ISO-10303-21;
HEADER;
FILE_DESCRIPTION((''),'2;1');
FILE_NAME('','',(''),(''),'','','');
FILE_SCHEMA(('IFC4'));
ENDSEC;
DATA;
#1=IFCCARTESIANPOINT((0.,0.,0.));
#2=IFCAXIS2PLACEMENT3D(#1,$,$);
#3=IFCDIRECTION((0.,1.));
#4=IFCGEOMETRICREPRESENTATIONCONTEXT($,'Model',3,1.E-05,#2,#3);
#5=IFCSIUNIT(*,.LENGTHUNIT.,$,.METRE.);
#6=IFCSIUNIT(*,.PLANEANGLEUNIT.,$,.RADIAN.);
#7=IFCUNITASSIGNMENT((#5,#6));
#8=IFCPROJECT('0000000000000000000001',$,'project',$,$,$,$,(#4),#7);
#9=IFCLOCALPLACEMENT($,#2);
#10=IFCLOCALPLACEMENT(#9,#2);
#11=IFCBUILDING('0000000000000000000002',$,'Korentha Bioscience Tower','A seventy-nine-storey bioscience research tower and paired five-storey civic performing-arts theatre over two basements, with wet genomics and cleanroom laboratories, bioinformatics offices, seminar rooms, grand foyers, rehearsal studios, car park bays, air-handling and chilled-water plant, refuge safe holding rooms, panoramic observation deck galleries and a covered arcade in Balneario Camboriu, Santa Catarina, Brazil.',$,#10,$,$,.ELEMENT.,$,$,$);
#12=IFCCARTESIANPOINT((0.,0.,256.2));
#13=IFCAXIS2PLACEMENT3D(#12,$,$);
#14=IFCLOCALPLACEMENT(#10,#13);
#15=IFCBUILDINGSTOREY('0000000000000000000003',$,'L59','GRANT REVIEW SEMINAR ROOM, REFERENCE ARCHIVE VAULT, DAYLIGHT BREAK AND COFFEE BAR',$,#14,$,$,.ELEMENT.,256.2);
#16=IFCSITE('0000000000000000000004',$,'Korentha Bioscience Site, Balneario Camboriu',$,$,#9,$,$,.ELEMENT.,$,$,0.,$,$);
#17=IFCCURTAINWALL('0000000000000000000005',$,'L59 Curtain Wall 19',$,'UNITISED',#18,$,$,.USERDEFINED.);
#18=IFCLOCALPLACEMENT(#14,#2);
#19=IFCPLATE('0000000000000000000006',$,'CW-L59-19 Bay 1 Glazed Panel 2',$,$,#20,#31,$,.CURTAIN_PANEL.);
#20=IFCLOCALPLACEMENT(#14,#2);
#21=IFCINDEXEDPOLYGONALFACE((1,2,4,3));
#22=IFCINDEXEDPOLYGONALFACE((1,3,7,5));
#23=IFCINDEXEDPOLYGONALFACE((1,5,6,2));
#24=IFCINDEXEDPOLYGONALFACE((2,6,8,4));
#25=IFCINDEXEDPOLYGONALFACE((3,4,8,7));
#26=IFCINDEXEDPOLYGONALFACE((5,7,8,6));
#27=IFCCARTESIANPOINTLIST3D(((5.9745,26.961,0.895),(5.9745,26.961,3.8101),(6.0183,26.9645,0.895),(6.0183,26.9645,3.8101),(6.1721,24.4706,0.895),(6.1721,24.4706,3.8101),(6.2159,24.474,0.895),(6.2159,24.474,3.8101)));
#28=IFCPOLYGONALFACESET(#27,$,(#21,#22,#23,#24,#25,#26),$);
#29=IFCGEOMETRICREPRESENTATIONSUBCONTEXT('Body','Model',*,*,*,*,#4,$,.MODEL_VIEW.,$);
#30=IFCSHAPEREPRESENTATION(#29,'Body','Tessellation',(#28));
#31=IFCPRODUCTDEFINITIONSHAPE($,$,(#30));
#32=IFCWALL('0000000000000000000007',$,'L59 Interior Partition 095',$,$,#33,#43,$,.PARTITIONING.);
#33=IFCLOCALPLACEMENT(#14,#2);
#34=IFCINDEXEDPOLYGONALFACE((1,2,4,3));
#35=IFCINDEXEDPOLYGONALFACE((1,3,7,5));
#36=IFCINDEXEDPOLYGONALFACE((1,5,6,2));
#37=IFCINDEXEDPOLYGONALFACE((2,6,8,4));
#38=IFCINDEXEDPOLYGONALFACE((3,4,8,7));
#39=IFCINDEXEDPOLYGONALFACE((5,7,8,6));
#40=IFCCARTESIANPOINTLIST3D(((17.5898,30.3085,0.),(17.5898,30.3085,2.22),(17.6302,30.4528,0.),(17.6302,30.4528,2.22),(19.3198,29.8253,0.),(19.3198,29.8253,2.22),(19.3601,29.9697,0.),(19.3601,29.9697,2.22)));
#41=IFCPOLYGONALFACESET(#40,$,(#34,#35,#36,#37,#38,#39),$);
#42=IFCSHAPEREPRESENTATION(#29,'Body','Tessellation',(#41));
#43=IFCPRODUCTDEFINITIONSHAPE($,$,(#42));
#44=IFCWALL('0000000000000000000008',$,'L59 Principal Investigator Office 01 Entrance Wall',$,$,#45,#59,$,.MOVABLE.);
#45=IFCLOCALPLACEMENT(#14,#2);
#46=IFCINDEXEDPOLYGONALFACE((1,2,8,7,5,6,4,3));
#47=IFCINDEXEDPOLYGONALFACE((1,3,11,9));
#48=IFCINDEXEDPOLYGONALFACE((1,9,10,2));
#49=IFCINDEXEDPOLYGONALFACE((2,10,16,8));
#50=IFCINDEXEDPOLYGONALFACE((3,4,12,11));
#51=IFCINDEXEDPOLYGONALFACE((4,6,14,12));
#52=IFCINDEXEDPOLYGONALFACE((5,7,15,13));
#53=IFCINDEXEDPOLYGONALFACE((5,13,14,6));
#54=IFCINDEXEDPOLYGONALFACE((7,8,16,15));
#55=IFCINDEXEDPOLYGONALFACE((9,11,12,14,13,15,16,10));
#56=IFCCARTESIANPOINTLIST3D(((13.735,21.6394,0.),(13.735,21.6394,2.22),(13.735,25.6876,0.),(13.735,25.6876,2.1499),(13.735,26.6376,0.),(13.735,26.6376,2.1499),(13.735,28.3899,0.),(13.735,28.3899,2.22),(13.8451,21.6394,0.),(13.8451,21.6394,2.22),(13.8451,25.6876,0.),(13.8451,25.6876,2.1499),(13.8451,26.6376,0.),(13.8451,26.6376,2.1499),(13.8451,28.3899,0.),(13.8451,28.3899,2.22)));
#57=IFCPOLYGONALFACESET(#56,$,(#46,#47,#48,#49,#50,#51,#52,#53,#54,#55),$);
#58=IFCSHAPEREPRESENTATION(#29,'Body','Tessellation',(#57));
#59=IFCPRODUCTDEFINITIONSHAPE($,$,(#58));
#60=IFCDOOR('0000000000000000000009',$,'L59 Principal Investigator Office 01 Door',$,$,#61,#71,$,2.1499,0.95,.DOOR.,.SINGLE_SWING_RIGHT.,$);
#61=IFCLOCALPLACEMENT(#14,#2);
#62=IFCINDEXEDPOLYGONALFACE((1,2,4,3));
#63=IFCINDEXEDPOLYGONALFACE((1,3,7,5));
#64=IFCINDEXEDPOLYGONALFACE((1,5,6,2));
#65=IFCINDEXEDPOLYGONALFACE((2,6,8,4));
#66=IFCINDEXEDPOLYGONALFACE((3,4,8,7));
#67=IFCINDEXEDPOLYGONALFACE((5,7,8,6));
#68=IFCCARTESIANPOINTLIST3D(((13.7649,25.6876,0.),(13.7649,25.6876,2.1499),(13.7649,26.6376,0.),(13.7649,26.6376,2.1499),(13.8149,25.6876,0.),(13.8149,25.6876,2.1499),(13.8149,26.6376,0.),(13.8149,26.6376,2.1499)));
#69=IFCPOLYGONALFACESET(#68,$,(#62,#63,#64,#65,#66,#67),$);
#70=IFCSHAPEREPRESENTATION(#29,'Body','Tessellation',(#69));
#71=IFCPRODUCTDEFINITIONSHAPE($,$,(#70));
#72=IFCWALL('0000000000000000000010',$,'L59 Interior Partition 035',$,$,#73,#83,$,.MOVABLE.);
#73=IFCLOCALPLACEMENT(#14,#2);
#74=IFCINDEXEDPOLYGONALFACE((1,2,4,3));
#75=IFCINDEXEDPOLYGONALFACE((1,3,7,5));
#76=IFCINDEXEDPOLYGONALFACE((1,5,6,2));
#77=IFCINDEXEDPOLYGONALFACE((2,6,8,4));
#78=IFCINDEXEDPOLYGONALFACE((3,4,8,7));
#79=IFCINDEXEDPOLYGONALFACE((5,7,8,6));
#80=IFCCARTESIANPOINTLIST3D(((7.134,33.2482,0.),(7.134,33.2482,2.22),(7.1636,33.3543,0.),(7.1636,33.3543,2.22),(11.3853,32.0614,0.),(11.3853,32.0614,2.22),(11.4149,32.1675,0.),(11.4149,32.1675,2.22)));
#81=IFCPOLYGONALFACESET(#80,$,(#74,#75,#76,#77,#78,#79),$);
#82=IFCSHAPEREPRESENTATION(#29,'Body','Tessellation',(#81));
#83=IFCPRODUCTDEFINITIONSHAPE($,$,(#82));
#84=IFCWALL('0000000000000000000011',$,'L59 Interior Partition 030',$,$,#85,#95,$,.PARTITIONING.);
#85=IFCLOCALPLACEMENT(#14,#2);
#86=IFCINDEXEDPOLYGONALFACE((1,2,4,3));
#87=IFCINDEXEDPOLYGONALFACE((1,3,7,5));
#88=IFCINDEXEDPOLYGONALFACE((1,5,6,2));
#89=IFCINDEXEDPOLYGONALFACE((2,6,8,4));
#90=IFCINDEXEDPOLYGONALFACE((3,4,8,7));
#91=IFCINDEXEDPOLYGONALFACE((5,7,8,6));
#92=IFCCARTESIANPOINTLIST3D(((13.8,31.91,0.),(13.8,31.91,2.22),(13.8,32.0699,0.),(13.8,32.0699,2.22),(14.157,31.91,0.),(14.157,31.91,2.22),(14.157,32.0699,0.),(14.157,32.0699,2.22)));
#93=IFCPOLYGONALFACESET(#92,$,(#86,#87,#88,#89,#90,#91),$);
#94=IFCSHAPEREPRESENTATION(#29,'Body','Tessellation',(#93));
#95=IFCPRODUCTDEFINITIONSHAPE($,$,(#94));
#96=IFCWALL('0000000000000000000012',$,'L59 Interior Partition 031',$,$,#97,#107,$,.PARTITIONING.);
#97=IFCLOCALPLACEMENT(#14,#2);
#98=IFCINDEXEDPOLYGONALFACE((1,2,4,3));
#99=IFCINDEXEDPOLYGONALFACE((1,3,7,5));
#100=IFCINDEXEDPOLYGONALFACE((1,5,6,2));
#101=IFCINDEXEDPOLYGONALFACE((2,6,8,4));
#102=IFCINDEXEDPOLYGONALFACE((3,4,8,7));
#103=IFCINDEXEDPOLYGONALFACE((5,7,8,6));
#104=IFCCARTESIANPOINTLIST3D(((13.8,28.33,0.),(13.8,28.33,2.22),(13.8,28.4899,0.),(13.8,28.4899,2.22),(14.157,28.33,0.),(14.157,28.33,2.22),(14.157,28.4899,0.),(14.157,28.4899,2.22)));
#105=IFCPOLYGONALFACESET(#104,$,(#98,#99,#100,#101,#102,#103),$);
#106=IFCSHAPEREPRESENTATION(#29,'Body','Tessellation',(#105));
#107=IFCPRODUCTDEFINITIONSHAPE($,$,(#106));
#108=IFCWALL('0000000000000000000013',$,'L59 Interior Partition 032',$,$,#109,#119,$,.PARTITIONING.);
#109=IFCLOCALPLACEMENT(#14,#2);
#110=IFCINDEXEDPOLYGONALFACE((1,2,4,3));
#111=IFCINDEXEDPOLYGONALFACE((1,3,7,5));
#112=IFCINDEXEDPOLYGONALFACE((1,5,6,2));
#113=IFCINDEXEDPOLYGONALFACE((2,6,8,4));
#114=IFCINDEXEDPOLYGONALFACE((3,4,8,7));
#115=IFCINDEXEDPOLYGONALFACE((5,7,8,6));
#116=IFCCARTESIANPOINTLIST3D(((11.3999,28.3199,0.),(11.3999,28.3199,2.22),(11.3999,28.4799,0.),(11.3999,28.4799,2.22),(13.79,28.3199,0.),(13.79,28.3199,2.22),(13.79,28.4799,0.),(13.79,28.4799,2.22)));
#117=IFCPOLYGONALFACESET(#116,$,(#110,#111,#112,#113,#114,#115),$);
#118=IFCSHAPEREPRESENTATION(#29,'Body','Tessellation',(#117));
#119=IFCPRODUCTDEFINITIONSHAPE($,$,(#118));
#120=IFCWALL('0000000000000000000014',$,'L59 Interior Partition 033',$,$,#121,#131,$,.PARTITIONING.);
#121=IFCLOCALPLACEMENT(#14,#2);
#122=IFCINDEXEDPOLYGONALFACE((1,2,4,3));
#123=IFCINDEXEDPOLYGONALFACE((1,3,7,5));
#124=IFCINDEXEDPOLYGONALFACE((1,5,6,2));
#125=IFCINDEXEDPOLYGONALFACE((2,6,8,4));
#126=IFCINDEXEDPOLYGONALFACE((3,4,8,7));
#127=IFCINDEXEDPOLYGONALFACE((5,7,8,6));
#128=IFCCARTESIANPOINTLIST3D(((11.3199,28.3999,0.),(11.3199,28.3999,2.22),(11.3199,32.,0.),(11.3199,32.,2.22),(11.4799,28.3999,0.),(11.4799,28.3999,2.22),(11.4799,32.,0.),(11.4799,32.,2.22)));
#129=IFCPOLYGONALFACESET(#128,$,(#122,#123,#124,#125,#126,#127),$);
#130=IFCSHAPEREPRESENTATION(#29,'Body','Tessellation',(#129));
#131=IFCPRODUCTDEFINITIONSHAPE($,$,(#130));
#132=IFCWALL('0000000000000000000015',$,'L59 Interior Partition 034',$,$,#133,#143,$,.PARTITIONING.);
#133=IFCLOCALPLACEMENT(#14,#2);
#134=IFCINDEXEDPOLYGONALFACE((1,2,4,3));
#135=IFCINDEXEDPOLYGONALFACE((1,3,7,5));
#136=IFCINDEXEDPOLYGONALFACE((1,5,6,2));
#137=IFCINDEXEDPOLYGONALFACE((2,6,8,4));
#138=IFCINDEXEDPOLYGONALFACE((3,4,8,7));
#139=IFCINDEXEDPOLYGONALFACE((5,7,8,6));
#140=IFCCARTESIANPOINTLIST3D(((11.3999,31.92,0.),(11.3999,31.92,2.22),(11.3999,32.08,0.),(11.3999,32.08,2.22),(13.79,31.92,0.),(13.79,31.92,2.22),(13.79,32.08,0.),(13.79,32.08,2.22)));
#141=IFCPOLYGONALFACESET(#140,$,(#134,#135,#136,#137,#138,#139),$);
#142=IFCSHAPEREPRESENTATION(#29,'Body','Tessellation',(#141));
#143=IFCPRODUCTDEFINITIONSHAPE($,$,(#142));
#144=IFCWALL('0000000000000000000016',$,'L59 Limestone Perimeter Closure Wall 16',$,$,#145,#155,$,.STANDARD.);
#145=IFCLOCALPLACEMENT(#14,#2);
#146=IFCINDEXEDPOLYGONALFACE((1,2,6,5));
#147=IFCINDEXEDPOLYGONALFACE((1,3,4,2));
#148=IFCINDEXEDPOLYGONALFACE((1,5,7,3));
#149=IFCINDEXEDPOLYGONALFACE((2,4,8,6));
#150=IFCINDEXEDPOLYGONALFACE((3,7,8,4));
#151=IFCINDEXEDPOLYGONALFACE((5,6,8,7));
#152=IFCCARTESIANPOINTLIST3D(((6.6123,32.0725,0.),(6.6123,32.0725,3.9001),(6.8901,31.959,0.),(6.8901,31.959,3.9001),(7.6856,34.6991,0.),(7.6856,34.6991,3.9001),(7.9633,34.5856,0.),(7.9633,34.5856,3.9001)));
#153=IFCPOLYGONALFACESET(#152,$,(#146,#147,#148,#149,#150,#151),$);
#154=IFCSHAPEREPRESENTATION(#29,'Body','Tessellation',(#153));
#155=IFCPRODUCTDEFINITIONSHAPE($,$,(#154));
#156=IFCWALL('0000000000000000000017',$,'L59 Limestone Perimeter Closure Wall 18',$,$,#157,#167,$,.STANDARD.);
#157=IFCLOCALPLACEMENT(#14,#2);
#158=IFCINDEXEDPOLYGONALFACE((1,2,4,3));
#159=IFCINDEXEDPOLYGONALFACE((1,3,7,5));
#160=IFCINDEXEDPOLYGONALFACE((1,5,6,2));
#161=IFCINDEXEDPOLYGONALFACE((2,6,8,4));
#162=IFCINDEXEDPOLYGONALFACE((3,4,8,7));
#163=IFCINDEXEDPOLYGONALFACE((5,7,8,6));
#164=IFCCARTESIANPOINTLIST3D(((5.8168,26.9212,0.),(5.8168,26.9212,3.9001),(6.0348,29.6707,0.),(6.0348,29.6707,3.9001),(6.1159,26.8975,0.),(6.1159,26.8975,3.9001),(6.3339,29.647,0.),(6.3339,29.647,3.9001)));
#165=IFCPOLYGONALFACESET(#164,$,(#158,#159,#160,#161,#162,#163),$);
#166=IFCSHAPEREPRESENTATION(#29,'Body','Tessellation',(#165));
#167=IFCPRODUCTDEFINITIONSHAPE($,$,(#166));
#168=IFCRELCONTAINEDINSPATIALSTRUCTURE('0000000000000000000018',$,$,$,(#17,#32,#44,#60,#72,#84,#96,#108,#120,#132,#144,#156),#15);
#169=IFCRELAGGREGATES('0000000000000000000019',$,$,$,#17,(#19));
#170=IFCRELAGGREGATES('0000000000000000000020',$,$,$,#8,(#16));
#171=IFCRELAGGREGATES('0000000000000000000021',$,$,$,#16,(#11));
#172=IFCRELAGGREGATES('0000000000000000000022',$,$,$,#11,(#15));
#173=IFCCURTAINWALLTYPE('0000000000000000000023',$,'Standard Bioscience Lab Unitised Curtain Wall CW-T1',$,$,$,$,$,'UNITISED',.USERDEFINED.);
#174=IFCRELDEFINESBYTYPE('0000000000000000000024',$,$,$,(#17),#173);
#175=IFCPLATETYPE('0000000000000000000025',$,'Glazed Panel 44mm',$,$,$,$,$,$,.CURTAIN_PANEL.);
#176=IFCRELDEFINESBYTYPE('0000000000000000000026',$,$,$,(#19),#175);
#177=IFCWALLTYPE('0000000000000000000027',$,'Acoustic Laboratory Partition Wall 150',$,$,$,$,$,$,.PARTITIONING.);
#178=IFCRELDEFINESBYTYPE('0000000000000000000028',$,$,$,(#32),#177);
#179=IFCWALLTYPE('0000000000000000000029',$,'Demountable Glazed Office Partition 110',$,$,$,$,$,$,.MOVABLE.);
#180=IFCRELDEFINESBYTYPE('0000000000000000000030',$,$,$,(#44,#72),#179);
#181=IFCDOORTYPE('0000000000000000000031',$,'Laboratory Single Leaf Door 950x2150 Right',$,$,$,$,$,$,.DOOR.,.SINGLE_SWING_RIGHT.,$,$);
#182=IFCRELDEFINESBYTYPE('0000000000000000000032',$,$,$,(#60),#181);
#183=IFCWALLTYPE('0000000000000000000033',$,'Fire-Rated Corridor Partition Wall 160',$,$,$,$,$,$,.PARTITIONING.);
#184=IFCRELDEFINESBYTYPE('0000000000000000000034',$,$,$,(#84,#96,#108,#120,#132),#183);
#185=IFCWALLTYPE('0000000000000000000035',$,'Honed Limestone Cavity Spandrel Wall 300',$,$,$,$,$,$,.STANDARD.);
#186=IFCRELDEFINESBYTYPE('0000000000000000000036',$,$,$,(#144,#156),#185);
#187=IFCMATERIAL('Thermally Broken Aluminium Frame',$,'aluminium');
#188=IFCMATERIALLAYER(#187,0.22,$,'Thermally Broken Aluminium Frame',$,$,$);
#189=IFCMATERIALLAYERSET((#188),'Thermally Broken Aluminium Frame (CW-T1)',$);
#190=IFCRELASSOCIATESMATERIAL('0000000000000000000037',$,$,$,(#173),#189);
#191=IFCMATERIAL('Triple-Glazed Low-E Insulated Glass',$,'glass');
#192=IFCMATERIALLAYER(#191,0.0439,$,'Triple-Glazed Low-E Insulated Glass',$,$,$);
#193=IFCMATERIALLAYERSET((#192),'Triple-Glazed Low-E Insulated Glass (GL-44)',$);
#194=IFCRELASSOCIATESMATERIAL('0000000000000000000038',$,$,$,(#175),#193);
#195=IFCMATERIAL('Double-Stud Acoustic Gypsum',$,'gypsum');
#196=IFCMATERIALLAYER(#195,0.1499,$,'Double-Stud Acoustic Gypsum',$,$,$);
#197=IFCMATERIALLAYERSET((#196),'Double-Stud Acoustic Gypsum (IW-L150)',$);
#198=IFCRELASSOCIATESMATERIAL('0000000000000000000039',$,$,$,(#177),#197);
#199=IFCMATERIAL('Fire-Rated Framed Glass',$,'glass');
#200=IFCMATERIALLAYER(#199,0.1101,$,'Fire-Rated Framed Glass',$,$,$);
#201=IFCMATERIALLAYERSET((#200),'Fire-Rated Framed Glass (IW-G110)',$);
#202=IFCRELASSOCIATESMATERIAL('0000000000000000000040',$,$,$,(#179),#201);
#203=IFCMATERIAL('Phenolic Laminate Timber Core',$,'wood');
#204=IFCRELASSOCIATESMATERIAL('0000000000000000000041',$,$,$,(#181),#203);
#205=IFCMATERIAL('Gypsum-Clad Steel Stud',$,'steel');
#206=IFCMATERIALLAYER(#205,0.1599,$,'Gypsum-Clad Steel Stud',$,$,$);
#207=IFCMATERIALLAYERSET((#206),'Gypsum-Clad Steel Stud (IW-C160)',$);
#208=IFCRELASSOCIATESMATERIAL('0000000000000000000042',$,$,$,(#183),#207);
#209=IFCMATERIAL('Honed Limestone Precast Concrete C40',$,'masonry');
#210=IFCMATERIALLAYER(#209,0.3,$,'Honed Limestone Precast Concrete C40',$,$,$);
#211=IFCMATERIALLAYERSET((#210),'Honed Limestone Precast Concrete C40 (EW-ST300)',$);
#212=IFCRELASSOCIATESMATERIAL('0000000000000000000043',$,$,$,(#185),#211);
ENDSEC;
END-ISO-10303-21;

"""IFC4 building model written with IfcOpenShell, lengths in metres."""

from ifc_helpers import new_model, si_unit, direction, frame, frame_2d, origin, origin_2d, place, context, subcontext, project, spatial, rectangle, extrude, material, layer, layer_set, type_object, element, fill, aggregate, save


model = new_model("IFC4")

# Units and contexts
model_context = context("Model", 3, precision=1e-05, world=origin(), true_north=direction((0.0, 1.0)))
body_context = subcontext(model_context, "Body", "Model", "MODEL_VIEW")
ifc_project = project(units=[si_unit("LENGTHUNIT", "METRE"), si_unit("PLANEANGLEUNIT", "RADIAN")], contexts=[model_context])

# Site, building, storey
site_placement = place(None, origin())
site = spatial("IfcSite", under=ifc_project, at=site_placement, Name="Korentha Bioscience Site, Balneario Camboriu", CompositionType="ELEMENT", RefElevation=0.0)
building_placement = place(site_placement, origin())
building = spatial("IfcBuilding", under=site, at=building_placement, Name="Korentha Bioscience Tower", Description="A seventy-nine-storey bioscience research tower and paired five-storey civic performing-arts theatre over two basements, with wet genomics and cleanroom laboratories, bioinformatics offices, seminar rooms, grand foyers, rehearsal studios, car park bays, air-handling and chilled-water plant, refuge safe holding rooms, panoramic observation deck galleries and a covered arcade in Balneario Camboriu, Santa Catarina, Brazil.", CompositionType="ELEMENT")
storey_placement = place(building_placement, frame((0.0, 0.0, 256.2)))
storey = spatial("IfcBuildingStorey", under=building, at=storey_placement, Name="L59", Description="GRANT REVIEW SEMINAR ROOM, REFERENCE ARCHIVE VAULT, DAYLIGHT BREAK AND COFFEE BAR", CompositionType="ELEMENT", Elevation=256.2)

# Curtain wall, plate
ifc_material_1 = material(Name="Thermally Broken Aluminium Frame", Category="aluminium")
ifc_layer_1 = layer(ifc_material_1, 0.22, Name="Thermally Broken Aluminium Frame")
ifc_layer_set_1 = layer_set([ifc_layer_1], Name="Thermally Broken Aluminium Frame (CW-T1)")
curtain_wall_type = type_object("IfcCurtainWallType", Name="Standard Bioscience Lab Unitised Curtain Wall CW-T1", ElementType="UNITISED", PredefinedType="USERDEFINED", material=ifc_layer_set_1)
curtain_wall_placement = place(storey_placement, origin())
curtain_wall = element("IfcCurtainWall", 1, at=curtain_wall_placement, inside=storey, type_object=curtain_wall_type, Name="L59 Curtain Wall 19", ObjectType="UNITISED", PredefinedType="USERDEFINED")
ifc_material_2 = material(Name="Triple-Glazed Low-E Insulated Glass", Category="glass")
ifc_layer_2 = layer(ifc_material_2, 0.0439, Name="Triple-Glazed Low-E Insulated Glass")
ifc_layer_set_2 = layer_set([ifc_layer_2], Name="Triple-Glazed Low-E Insulated Glass (GL-44)")
plate_type = type_object("IfcPlateType", Name="Glazed Panel 44mm", PredefinedType="CURTAIN_PANEL", material=ifc_layer_set_2)
plate_1_placement = place(storey_placement, frame((6.0952, 25.7175, 0.895), z_axis=(0.0, 0.0, 1.0), x_axis=(0.079117, -0.996865, 0.0)))
plate_1 = element("IfcPlate", 2, at=plate_1_placement, type_object=plate_type, Name="CW-L59-19 Bay 1 Glazed Panel 2", PredefinedType="CURTAIN_PANEL", context=body_context, shape_type="SweptSolid", body=[
    extrude(rectangle(XDim=2.4983, YDim=0.0439, at=origin_2d()), origin(), (0.0, 0.0, 1.0), 2.915),
])
aggregate(curtain_wall, [plate_1])

# Wall
ifc_material_3 = material(Name="Double-Stud Acoustic Gypsum", Category="gypsum")
ifc_layer_3 = layer(ifc_material_3, 0.1499, Name="Double-Stud Acoustic Gypsum")
ifc_layer_set_3 = layer_set([ifc_layer_3], Name="Double-Stud Acoustic Gypsum (IW-L150)")
wall_type_1 = type_object("IfcWallType", Name="Acoustic Laboratory Partition Wall 150", PredefinedType="PARTITIONING", material=ifc_layer_set_3)
wall_1_placement = place(storey_placement, frame((17.6101, 30.3806, 0.0), z_axis=(0.0, 0.0, 1.0), x_axis=(0.963143, -0.26899, 0.0)))
element("IfcWall", 3, at=wall_1_placement, inside=storey, type_object=wall_type_1, Name="L59 Interior Partition 095", PredefinedType="PARTITIONING", context=body_context, shape_type="SweptSolid", body=[
    extrude(rectangle(XDim=1.7961, YDim=0.1499, at=frame_2d((0.8979, 0.0))), origin(), (0.0, 0.0, 1.0), 2.22),
])

# Wall, opening, door
ifc_material_4 = material(Name="Fire-Rated Framed Glass", Category="glass")
ifc_layer_4 = layer(ifc_material_4, 0.1101, Name="Fire-Rated Framed Glass")
ifc_layer_set_4 = layer_set([ifc_layer_4], Name="Fire-Rated Framed Glass (IW-G110)")
wall_type_2 = type_object("IfcWallType", Name="Demountable Glazed Office Partition 110", PredefinedType="MOVABLE", material=ifc_layer_set_4)
wall_2_placement = place(storey_placement, frame((13.79, 28.3899, 0.0), z_axis=(0.0, 0.0, 1.0), x_axis=(0.0, -1.0, 0.0)))
wall_2 = element("IfcWall", 4, at=wall_2_placement, inside=storey, type_object=wall_type_2, Name="L59 Principal Investigator Office 01 Entrance Wall", PredefinedType="MOVABLE", context=body_context, shape_type="SweptSolid", body=[
    extrude(rectangle(XDim=6.7505, YDim=0.1101, at=frame_2d((3.3752, 0.0))), origin(), (0.0, 0.0, 1.0), 2.22),
])
opening_1_placement = place(wall_2_placement, frame((1.7522, 0.0, 0.0)))
opening_1 = element("IfcOpeningElement", 5, at=opening_1_placement, cuts=wall_2, PredefinedType="OPENING", context=body_context, shape_type="SweptSolid", body=[
    extrude(rectangle(XDim=0.95, YDim=2.1499, at=frame_2d((0.4751, 1.075))), frame((0.0, 0.0698, 0.0), z_axis=(0.0, -1.0, 0.0), x_axis=(1.0, 0.0, 0.0)), (0.0, 0.0, 1.0), 0.1399),
])
ifc_material_5 = material(Name="Phenolic Laminate Timber Core", Category="wood")
door_type_1 = type_object("IfcDoorType", Name="Laboratory Single Leaf Door 950x2150 Right", OperationType="SINGLE_SWING_RIGHT", PredefinedType="DOOR", material=ifc_material_5)
door_1_placement = place(opening_1_placement, origin())
door_1 = element("IfcDoor", 6, at=door_1_placement, inside=storey, type_object=door_type_1, Name="L59 Principal Investigator Office 01 Door", OperationType="SINGLE_SWING_RIGHT", OverallHeight=2.1499, OverallWidth=0.95, PredefinedType="DOOR", context=body_context, shape_type="SweptSolid", body=[
    extrude(rectangle(XDim=0.95, YDim=2.1499, at=frame_2d((0.4751, 1.075))), frame((0.0, 0.0249, 0.0), z_axis=(0.0, -1.0, 0.0), x_axis=(1.0, 0.0, 0.0)), (0.0, 0.0, 1.0), 0.05),
])
fill(opening_1, door_1)

# Wall
wall_3_placement = place(storey_placement, frame((7.1487, 33.3013, 0.0), z_axis=(0.0, 0.0, 1.0), x_axis=(0.963174, -0.268879, 0.0)))
element("IfcWall", 7, at=wall_3_placement, inside=storey, type_object=wall_type_2, Name="L59 Interior Partition 035", PredefinedType="MOVABLE", context=body_context, shape_type="SweptSolid", body=[
    extrude(rectangle(XDim=4.4138, YDim=0.1101, at=frame_2d((2.207, 0.0))), origin(), (0.0, 0.0, 1.0), 2.22),
])

# Shared definitions
ifc_material_6 = material(Name="Gypsum-Clad Steel Stud", Category="steel")
ifc_layer_5 = layer(ifc_material_6, 0.1599, Name="Gypsum-Clad Steel Stud")
ifc_layer_set_5 = layer_set([ifc_layer_5], Name="Gypsum-Clad Steel Stud (IW-C160)")
wall_type_3 = type_object("IfcWallType", Name="Fire-Rated Corridor Partition Wall 160", PredefinedType="PARTITIONING", material=ifc_layer_set_5)

# Walls
for number, where, z_axis, x_axis, name in (
    (8, (13.8, 31.99, 0.0), (0.0, 0.0, 1.0), (1.0, 0.0, 0.0), "L59 Interior Partition 030"),
    (9, (14.157, 28.4099, 0.0), (0.0, 0.0, 1.0), (-1.0, 0.0, 0.0), "L59 Interior Partition 031"),
):
    element("IfcWall", number, at=place(storey_placement, frame(where, z_axis=z_axis, x_axis=x_axis)), inside=storey, type_object=wall_type_3, Name=name, PredefinedType="PARTITIONING", context=body_context, shape_type="SweptSolid", body=[
        extrude(rectangle(XDim=0.3569, YDim=0.1599, at=frame_2d((0.1785, 0.0))), origin(), (0.0, 0.0, 1.0), 2.22),
    ])
wall_4_placement = place(storey_placement, frame((13.79, 28.3999, 0.0), z_axis=(0.0, 0.0, 1.0), x_axis=(-1.0, 0.0, 0.0)))
element("IfcWall", 10, at=wall_4_placement, inside=storey, type_object=wall_type_3, Name="L59 Interior Partition 032", PredefinedType="PARTITIONING", context=body_context, shape_type="SweptSolid", body=[
    extrude(rectangle(XDim=2.3901, YDim=0.1599, at=frame_2d((1.1951, 0.0))), origin(), (0.0, 0.0, 1.0), 2.22),
])
wall_5_placement = place(storey_placement, frame((11.3999, 28.3999, 0.0), z_axis=(0.0, 0.0, 1.0), x_axis=(0.0, 1.0, 0.0)))
element("IfcWall", 11, at=wall_5_placement, inside=storey, type_object=wall_type_3, Name="L59 Interior Partition 033", PredefinedType="PARTITIONING", context=body_context, shape_type="SweptSolid", body=[
    extrude(rectangle(XDim=3.6001, YDim=0.1599, at=frame_2d((1.8, 0.0))), origin(), (0.0, 0.0, 1.0), 2.22),
])
wall_6_placement = place(storey_placement, frame((11.3999, 32.0, 0.0), z_axis=(0.0, 0.0, 1.0), x_axis=(1.0, 0.0, 0.0)))
element("IfcWall", 12, at=wall_6_placement, inside=storey, type_object=wall_type_3, Name="L59 Interior Partition 034", PredefinedType="PARTITIONING", context=body_context, shape_type="SweptSolid", body=[
    extrude(rectangle(XDim=2.3901, YDim=0.1599, at=frame_2d((1.1951, 0.0))), origin(), (0.0, 0.0, 1.0), 2.22),
])

# Shared definitions
ifc_material_7 = material(Name="Honed Limestone Precast Concrete C40", Category="masonry")
ifc_layer_6 = layer(ifc_material_7, 0.3, Name="Honed Limestone Precast Concrete C40")
ifc_layer_set_6 = layer_set([ifc_layer_6], Name="Honed Limestone Precast Concrete C40 (EW-ST300)")
wall_type_4 = type_object("IfcWallType", Name="Honed Limestone Cavity Spandrel Wall 300", PredefinedType="STANDARD", material=ifc_layer_set_6)

# Walls
wall_7_placement = place(storey_placement, frame((7.8245, 34.6423, 0.0), z_axis=(0.0, 0.0, 1.0), x_axis=(-0.378264, -0.925698, 0.0)))
element("IfcWall", 13, at=wall_7_placement, inside=storey, type_object=wall_type_4, Name="L59 Limestone Perimeter Closure Wall 16", PredefinedType="STANDARD", context=body_context, shape_type="SweptSolid", body=[
    extrude(rectangle(XDim=2.8374, YDim=0.3, at=frame_2d((1.4187, 0.0))), origin(), (0.0, 0.0, 1.0), 3.9001),
])
wall_8_placement = place(storey_placement, frame((6.1843, 29.6587, 0.0), z_axis=(0.0, 0.0, 1.0), x_axis=(-0.079045, -0.996871, 0.0)))
element("IfcWall", 14, at=wall_8_placement, inside=storey, type_object=wall_type_4, Name="L59 Limestone Perimeter Closure Wall 18", PredefinedType="STANDARD", context=body_context, shape_type="SweptSolid", body=[
    extrude(rectangle(XDim=2.7581, YDim=0.3, at=frame_2d((1.3789, 0.0))), origin(), (0.0, 0.0, 1.0), 3.9001),
])

save(model, "model.ifc")
